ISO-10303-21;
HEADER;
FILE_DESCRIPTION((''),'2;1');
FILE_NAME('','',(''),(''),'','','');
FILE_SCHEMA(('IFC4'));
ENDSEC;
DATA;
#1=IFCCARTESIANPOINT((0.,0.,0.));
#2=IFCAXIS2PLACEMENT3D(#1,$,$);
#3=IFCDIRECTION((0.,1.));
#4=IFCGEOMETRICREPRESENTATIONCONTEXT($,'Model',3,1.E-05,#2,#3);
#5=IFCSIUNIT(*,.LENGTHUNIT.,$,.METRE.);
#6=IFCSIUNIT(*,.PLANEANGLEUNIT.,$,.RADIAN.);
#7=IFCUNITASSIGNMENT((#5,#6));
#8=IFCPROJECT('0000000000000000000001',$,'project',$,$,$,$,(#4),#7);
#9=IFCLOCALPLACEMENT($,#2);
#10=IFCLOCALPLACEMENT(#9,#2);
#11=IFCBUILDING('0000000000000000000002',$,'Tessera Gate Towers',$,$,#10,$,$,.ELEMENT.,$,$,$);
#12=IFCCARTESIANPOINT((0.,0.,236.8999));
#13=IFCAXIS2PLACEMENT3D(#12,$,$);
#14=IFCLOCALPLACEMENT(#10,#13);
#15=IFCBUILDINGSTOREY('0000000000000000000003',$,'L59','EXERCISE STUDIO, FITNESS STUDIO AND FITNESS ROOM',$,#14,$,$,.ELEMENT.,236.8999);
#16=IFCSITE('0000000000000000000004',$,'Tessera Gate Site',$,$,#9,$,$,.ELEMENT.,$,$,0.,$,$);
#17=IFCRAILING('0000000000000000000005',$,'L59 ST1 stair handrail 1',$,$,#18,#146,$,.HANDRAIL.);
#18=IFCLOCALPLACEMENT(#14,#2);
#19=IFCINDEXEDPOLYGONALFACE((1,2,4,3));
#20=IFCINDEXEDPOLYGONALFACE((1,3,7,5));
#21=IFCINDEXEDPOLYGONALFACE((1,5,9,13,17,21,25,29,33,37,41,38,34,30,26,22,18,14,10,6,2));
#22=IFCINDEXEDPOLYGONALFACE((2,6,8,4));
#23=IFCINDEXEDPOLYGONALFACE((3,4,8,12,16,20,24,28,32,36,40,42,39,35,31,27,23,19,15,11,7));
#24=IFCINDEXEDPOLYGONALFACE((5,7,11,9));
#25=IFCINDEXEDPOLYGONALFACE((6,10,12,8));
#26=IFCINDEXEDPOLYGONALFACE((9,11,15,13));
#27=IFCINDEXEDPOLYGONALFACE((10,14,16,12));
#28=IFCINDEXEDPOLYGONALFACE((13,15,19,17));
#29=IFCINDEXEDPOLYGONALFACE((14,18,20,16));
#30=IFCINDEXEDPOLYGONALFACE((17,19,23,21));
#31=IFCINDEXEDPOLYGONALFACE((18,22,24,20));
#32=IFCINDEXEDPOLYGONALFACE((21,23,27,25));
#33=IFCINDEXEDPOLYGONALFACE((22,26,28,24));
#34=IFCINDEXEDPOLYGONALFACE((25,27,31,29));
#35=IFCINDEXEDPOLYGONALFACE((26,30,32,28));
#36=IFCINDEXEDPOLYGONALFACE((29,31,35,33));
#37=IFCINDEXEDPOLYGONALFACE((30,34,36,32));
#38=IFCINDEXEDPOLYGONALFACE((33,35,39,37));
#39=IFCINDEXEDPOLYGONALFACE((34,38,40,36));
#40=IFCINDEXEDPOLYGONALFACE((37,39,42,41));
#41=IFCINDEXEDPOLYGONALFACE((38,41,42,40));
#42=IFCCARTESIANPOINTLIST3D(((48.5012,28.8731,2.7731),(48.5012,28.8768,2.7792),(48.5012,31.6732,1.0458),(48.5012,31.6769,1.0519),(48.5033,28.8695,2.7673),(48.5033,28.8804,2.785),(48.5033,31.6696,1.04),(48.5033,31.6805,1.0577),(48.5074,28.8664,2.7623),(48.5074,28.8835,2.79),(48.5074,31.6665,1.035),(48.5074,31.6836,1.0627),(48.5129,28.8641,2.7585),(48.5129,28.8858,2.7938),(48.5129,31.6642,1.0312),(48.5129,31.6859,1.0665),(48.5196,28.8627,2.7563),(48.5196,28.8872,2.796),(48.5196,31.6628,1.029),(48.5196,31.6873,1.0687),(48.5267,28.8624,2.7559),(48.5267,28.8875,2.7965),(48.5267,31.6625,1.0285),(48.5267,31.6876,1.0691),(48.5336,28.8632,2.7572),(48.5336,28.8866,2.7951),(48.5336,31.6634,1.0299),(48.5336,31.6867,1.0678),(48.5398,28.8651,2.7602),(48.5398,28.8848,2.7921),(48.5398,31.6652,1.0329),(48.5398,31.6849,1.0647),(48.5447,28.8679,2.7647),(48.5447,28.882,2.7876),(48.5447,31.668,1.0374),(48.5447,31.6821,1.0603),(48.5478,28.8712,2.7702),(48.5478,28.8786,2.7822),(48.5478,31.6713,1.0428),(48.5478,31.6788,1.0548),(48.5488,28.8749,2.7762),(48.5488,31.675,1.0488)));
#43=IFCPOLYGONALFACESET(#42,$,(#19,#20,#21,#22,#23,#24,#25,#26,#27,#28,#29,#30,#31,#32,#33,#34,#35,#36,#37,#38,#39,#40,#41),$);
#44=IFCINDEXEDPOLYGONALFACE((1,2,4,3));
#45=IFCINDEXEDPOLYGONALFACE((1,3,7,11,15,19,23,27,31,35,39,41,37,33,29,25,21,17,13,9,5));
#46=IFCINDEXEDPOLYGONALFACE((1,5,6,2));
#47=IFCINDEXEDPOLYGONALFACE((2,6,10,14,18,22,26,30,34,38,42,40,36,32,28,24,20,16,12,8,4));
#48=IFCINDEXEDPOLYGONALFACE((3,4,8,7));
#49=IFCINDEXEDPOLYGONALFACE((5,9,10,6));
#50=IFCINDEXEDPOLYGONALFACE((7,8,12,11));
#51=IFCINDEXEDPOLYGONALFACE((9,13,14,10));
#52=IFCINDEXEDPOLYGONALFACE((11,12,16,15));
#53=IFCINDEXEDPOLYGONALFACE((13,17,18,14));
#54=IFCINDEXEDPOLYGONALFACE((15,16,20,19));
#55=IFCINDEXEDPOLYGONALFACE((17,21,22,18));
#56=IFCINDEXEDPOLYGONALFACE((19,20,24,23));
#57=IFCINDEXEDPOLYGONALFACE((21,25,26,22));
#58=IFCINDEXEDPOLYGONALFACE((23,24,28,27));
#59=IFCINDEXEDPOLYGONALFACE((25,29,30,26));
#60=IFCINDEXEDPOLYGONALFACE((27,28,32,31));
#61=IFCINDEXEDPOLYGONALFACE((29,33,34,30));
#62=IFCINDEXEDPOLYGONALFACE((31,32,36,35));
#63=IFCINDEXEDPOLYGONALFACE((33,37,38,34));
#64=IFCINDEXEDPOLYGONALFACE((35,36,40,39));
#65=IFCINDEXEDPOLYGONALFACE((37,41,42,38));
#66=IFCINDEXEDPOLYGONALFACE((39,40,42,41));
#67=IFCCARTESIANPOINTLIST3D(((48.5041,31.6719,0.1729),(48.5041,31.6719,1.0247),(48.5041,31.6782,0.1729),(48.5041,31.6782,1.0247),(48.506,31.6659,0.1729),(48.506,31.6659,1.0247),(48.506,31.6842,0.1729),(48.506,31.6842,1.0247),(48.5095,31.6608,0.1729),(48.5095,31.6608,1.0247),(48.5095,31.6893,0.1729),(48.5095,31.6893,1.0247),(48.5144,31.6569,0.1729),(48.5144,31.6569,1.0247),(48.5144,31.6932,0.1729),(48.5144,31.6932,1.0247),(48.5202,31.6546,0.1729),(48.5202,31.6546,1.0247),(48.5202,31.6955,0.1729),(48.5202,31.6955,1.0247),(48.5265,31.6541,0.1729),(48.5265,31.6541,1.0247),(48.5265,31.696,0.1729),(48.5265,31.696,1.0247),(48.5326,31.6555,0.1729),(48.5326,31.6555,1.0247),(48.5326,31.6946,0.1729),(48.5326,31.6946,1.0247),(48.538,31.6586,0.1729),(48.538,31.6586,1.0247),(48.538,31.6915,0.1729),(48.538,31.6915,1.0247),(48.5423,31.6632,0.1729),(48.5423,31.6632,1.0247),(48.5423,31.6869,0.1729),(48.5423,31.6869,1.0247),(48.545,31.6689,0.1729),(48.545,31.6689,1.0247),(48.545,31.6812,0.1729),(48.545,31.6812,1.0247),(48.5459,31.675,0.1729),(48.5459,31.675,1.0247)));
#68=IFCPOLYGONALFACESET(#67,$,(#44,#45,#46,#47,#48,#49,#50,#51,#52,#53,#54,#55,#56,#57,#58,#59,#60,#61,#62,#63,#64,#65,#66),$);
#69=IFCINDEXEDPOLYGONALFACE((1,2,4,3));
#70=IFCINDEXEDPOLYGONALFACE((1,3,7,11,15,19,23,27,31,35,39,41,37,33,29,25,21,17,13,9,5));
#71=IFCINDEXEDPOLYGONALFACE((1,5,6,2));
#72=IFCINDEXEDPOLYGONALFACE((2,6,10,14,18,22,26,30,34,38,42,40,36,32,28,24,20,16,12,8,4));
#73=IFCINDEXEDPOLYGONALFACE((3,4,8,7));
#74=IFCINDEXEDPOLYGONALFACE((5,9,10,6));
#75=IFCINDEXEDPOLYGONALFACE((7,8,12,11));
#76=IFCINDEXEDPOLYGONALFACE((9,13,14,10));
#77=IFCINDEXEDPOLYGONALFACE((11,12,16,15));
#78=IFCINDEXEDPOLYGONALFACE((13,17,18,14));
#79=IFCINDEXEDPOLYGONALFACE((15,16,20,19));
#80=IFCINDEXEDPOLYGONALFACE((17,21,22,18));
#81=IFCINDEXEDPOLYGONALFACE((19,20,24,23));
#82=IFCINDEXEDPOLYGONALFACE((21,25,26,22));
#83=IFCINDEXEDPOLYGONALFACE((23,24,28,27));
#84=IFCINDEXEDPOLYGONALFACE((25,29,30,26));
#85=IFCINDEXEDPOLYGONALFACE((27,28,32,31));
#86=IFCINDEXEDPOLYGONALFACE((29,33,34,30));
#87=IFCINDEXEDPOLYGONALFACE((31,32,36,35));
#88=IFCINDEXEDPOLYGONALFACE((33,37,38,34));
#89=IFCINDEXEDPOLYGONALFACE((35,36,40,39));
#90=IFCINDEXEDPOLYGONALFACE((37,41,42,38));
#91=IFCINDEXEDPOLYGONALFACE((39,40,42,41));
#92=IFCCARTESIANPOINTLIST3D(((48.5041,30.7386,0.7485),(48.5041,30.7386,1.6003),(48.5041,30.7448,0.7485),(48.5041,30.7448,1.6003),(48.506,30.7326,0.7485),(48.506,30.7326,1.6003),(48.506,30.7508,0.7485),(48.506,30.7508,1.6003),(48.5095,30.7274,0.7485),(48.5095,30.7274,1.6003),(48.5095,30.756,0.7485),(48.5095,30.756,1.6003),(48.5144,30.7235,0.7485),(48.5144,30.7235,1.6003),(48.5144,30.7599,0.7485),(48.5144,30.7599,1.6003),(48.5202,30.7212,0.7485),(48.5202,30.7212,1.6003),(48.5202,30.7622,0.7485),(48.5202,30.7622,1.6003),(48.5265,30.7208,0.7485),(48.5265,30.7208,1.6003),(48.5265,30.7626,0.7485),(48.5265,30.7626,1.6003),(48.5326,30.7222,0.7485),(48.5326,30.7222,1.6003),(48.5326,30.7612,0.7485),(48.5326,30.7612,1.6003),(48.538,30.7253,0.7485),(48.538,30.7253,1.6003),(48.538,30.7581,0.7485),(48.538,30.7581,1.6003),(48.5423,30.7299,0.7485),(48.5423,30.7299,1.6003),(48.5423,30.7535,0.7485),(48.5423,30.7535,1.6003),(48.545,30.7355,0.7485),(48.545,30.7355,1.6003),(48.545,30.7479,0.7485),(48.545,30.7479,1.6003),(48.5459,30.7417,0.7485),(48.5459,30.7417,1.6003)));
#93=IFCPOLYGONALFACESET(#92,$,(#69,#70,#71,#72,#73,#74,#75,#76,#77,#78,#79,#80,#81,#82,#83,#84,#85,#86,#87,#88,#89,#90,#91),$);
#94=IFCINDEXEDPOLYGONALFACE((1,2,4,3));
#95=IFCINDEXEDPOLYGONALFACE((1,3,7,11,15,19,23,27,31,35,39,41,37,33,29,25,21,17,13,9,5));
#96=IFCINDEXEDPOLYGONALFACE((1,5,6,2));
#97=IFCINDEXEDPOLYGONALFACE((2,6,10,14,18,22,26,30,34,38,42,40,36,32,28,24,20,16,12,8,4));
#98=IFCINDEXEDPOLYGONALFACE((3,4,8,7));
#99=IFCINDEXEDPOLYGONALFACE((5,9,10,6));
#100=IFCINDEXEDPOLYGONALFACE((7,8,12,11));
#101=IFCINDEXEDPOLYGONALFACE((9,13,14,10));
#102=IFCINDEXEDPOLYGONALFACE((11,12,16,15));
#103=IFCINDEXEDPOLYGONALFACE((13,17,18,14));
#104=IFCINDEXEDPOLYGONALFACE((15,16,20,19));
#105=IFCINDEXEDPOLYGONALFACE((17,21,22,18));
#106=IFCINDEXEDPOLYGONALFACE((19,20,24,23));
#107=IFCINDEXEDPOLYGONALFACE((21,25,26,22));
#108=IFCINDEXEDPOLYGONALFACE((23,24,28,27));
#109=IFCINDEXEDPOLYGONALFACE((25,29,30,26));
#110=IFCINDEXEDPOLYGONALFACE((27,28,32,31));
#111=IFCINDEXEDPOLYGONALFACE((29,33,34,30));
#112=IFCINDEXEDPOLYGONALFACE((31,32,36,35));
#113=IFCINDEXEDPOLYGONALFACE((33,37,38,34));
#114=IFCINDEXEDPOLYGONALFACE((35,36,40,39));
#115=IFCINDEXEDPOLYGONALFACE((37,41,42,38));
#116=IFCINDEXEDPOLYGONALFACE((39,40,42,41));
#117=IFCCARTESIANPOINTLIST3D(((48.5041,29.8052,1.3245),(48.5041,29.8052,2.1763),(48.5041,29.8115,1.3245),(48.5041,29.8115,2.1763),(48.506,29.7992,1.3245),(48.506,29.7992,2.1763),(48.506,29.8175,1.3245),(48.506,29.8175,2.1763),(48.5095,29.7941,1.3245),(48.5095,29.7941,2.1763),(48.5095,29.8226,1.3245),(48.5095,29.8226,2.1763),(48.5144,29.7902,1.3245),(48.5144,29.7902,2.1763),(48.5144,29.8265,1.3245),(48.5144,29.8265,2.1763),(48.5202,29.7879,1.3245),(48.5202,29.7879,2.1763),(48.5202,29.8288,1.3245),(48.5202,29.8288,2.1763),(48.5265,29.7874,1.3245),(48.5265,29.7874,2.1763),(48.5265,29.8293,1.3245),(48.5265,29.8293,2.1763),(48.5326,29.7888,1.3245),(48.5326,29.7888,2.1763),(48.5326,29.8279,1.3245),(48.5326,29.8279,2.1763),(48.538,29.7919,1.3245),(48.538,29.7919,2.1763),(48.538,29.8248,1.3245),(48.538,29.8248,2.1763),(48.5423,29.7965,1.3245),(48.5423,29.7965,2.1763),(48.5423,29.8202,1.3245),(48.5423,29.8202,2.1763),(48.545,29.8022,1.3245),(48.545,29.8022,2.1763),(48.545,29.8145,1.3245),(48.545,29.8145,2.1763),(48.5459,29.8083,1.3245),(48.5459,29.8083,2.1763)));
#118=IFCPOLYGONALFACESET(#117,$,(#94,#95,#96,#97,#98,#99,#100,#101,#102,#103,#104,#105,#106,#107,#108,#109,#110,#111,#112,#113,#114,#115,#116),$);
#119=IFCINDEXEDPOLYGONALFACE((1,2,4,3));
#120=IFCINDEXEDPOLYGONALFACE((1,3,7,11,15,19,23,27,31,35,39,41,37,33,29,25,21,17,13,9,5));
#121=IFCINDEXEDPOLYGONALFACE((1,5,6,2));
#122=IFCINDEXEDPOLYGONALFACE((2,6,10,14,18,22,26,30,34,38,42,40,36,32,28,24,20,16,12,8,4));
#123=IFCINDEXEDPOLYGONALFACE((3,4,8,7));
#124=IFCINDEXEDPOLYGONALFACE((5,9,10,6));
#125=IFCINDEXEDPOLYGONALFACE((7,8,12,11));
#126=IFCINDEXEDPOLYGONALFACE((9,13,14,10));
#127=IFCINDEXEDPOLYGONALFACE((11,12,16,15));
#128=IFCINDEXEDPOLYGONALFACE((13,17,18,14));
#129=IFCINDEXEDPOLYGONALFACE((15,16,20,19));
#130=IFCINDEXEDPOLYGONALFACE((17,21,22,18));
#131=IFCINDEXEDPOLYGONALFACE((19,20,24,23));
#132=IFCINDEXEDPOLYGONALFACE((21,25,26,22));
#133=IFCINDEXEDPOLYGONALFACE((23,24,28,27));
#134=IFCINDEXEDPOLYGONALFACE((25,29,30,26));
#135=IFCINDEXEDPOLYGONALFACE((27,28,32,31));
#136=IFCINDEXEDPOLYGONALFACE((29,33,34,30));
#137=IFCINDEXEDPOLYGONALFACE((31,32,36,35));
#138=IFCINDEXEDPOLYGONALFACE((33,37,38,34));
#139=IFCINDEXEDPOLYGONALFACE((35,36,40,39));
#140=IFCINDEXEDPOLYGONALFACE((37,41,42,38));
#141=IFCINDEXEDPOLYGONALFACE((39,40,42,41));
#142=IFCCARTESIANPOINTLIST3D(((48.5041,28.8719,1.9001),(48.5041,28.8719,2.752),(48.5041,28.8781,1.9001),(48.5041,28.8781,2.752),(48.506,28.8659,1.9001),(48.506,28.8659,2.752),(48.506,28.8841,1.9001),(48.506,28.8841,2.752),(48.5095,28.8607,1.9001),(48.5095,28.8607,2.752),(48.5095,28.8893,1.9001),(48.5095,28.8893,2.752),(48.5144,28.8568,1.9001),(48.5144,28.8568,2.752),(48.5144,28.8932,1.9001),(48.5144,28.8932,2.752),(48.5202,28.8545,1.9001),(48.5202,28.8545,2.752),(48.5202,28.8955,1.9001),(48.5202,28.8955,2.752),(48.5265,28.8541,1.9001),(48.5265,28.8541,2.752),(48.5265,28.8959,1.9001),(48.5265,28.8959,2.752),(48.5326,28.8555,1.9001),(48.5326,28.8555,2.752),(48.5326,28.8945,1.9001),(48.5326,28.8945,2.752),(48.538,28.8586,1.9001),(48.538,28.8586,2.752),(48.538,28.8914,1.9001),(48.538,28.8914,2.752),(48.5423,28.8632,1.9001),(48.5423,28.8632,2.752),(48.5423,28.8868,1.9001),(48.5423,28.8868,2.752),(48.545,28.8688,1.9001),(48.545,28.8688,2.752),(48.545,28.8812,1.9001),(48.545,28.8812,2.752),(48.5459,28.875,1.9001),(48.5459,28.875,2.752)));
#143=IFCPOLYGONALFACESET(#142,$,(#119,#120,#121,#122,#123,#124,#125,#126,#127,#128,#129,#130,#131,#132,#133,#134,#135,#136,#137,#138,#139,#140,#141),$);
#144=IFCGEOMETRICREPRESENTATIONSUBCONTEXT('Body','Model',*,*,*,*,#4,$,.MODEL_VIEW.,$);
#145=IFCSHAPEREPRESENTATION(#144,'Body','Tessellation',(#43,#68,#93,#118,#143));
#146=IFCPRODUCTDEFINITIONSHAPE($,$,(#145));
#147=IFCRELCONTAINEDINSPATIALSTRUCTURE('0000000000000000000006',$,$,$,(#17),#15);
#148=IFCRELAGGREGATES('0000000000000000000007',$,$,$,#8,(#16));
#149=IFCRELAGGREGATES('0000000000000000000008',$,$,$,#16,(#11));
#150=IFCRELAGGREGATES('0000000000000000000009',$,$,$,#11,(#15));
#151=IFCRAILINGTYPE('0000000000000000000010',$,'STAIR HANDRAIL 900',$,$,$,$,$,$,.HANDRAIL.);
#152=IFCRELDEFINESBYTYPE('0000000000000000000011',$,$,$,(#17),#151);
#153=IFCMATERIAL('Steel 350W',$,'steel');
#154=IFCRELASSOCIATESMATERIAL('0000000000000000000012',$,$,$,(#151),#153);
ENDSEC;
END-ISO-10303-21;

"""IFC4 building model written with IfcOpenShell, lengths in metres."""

from ifc_helpers import new_model, si_unit, direction, frame, origin, origin_2d, place, context, subcontext, project, spatial, circle, extrude, material, type_object, element, save


model = new_model("IFC4")

# Units and contexts
model_context = context("Model", 3, precision=1e-05, world=origin(), true_north=direction((0.0, 1.0)))
body_context = subcontext(model_context, "Body", "Model", "MODEL_VIEW")
ifc_project = project(units=[si_unit("LENGTHUNIT", "METRE"), si_unit("PLANEANGLEUNIT", "RADIAN")], contexts=[model_context])

# Site, building, storey
site_placement = place(None, origin())
site = spatial("IfcSite", under=ifc_project, at=site_placement, Name="Tessera Gate Site", CompositionType="ELEMENT", RefElevation=0.0)
building_placement = place(site_placement, origin())
building = spatial("IfcBuilding", under=site, at=building_placement, Name="Tessera Gate Towers", CompositionType="ELEMENT")
storey_placement = place(building_placement, frame((0.0, 0.0, 236.8999)))
storey = spatial("IfcBuildingStorey", under=building, at=storey_placement, Name="L59", Description="EXERCISE STUDIO, FITNESS STUDIO AND FITNESS ROOM", CompositionType="ELEMENT", Elevation=236.8999)

# Railing
ifc_material_1 = material(Name="Steel 350W", Category="steel")
railing_type = type_object("IfcRailingType", Name="STAIR HANDRAIL 900", PredefinedType="HANDRAIL", material=ifc_material_1)
railing_1_placement = place(storey_placement, frame((48.5249, 31.675, 0.1729)))
element("IfcRailing", 1, at=railing_1_placement, inside=storey, type_object=railing_type, Name="L59 ST1 stair handrail 1", PredefinedType="HANDRAIL", context=body_context, shape_type="SweptSolid", body=[
    extrude(circle(Radius=0.0239, at=origin_2d()), frame((0.0, 0.0, 0.876), z_axis=(0.0, -0.85109, 0.52502), x_axis=(1.0, 0.0, 0.0)), (0.0, 0.0, 1.0), 3.29),
    extrude(circle(Radius=0.021, at=origin_2d()), origin(), (0.0, 0.0, 1.0), 0.8518),
    extrude(circle(Radius=0.021, at=origin_2d()), frame((0.0, -0.9333, 0.5757)), (0.0, 0.0, 1.0), 0.8518),
    extrude(circle(Radius=0.021, at=origin_2d()), frame((0.0, -1.8667, 1.1516)), (0.0, 0.0, 1.0), 0.8518),
    extrude(circle(Radius=0.021, at=origin_2d()), frame((0.0, -2.8, 1.7273)), (0.0, 0.0, 1.0), 0.8518),
])

save(model, "model.ifc")
